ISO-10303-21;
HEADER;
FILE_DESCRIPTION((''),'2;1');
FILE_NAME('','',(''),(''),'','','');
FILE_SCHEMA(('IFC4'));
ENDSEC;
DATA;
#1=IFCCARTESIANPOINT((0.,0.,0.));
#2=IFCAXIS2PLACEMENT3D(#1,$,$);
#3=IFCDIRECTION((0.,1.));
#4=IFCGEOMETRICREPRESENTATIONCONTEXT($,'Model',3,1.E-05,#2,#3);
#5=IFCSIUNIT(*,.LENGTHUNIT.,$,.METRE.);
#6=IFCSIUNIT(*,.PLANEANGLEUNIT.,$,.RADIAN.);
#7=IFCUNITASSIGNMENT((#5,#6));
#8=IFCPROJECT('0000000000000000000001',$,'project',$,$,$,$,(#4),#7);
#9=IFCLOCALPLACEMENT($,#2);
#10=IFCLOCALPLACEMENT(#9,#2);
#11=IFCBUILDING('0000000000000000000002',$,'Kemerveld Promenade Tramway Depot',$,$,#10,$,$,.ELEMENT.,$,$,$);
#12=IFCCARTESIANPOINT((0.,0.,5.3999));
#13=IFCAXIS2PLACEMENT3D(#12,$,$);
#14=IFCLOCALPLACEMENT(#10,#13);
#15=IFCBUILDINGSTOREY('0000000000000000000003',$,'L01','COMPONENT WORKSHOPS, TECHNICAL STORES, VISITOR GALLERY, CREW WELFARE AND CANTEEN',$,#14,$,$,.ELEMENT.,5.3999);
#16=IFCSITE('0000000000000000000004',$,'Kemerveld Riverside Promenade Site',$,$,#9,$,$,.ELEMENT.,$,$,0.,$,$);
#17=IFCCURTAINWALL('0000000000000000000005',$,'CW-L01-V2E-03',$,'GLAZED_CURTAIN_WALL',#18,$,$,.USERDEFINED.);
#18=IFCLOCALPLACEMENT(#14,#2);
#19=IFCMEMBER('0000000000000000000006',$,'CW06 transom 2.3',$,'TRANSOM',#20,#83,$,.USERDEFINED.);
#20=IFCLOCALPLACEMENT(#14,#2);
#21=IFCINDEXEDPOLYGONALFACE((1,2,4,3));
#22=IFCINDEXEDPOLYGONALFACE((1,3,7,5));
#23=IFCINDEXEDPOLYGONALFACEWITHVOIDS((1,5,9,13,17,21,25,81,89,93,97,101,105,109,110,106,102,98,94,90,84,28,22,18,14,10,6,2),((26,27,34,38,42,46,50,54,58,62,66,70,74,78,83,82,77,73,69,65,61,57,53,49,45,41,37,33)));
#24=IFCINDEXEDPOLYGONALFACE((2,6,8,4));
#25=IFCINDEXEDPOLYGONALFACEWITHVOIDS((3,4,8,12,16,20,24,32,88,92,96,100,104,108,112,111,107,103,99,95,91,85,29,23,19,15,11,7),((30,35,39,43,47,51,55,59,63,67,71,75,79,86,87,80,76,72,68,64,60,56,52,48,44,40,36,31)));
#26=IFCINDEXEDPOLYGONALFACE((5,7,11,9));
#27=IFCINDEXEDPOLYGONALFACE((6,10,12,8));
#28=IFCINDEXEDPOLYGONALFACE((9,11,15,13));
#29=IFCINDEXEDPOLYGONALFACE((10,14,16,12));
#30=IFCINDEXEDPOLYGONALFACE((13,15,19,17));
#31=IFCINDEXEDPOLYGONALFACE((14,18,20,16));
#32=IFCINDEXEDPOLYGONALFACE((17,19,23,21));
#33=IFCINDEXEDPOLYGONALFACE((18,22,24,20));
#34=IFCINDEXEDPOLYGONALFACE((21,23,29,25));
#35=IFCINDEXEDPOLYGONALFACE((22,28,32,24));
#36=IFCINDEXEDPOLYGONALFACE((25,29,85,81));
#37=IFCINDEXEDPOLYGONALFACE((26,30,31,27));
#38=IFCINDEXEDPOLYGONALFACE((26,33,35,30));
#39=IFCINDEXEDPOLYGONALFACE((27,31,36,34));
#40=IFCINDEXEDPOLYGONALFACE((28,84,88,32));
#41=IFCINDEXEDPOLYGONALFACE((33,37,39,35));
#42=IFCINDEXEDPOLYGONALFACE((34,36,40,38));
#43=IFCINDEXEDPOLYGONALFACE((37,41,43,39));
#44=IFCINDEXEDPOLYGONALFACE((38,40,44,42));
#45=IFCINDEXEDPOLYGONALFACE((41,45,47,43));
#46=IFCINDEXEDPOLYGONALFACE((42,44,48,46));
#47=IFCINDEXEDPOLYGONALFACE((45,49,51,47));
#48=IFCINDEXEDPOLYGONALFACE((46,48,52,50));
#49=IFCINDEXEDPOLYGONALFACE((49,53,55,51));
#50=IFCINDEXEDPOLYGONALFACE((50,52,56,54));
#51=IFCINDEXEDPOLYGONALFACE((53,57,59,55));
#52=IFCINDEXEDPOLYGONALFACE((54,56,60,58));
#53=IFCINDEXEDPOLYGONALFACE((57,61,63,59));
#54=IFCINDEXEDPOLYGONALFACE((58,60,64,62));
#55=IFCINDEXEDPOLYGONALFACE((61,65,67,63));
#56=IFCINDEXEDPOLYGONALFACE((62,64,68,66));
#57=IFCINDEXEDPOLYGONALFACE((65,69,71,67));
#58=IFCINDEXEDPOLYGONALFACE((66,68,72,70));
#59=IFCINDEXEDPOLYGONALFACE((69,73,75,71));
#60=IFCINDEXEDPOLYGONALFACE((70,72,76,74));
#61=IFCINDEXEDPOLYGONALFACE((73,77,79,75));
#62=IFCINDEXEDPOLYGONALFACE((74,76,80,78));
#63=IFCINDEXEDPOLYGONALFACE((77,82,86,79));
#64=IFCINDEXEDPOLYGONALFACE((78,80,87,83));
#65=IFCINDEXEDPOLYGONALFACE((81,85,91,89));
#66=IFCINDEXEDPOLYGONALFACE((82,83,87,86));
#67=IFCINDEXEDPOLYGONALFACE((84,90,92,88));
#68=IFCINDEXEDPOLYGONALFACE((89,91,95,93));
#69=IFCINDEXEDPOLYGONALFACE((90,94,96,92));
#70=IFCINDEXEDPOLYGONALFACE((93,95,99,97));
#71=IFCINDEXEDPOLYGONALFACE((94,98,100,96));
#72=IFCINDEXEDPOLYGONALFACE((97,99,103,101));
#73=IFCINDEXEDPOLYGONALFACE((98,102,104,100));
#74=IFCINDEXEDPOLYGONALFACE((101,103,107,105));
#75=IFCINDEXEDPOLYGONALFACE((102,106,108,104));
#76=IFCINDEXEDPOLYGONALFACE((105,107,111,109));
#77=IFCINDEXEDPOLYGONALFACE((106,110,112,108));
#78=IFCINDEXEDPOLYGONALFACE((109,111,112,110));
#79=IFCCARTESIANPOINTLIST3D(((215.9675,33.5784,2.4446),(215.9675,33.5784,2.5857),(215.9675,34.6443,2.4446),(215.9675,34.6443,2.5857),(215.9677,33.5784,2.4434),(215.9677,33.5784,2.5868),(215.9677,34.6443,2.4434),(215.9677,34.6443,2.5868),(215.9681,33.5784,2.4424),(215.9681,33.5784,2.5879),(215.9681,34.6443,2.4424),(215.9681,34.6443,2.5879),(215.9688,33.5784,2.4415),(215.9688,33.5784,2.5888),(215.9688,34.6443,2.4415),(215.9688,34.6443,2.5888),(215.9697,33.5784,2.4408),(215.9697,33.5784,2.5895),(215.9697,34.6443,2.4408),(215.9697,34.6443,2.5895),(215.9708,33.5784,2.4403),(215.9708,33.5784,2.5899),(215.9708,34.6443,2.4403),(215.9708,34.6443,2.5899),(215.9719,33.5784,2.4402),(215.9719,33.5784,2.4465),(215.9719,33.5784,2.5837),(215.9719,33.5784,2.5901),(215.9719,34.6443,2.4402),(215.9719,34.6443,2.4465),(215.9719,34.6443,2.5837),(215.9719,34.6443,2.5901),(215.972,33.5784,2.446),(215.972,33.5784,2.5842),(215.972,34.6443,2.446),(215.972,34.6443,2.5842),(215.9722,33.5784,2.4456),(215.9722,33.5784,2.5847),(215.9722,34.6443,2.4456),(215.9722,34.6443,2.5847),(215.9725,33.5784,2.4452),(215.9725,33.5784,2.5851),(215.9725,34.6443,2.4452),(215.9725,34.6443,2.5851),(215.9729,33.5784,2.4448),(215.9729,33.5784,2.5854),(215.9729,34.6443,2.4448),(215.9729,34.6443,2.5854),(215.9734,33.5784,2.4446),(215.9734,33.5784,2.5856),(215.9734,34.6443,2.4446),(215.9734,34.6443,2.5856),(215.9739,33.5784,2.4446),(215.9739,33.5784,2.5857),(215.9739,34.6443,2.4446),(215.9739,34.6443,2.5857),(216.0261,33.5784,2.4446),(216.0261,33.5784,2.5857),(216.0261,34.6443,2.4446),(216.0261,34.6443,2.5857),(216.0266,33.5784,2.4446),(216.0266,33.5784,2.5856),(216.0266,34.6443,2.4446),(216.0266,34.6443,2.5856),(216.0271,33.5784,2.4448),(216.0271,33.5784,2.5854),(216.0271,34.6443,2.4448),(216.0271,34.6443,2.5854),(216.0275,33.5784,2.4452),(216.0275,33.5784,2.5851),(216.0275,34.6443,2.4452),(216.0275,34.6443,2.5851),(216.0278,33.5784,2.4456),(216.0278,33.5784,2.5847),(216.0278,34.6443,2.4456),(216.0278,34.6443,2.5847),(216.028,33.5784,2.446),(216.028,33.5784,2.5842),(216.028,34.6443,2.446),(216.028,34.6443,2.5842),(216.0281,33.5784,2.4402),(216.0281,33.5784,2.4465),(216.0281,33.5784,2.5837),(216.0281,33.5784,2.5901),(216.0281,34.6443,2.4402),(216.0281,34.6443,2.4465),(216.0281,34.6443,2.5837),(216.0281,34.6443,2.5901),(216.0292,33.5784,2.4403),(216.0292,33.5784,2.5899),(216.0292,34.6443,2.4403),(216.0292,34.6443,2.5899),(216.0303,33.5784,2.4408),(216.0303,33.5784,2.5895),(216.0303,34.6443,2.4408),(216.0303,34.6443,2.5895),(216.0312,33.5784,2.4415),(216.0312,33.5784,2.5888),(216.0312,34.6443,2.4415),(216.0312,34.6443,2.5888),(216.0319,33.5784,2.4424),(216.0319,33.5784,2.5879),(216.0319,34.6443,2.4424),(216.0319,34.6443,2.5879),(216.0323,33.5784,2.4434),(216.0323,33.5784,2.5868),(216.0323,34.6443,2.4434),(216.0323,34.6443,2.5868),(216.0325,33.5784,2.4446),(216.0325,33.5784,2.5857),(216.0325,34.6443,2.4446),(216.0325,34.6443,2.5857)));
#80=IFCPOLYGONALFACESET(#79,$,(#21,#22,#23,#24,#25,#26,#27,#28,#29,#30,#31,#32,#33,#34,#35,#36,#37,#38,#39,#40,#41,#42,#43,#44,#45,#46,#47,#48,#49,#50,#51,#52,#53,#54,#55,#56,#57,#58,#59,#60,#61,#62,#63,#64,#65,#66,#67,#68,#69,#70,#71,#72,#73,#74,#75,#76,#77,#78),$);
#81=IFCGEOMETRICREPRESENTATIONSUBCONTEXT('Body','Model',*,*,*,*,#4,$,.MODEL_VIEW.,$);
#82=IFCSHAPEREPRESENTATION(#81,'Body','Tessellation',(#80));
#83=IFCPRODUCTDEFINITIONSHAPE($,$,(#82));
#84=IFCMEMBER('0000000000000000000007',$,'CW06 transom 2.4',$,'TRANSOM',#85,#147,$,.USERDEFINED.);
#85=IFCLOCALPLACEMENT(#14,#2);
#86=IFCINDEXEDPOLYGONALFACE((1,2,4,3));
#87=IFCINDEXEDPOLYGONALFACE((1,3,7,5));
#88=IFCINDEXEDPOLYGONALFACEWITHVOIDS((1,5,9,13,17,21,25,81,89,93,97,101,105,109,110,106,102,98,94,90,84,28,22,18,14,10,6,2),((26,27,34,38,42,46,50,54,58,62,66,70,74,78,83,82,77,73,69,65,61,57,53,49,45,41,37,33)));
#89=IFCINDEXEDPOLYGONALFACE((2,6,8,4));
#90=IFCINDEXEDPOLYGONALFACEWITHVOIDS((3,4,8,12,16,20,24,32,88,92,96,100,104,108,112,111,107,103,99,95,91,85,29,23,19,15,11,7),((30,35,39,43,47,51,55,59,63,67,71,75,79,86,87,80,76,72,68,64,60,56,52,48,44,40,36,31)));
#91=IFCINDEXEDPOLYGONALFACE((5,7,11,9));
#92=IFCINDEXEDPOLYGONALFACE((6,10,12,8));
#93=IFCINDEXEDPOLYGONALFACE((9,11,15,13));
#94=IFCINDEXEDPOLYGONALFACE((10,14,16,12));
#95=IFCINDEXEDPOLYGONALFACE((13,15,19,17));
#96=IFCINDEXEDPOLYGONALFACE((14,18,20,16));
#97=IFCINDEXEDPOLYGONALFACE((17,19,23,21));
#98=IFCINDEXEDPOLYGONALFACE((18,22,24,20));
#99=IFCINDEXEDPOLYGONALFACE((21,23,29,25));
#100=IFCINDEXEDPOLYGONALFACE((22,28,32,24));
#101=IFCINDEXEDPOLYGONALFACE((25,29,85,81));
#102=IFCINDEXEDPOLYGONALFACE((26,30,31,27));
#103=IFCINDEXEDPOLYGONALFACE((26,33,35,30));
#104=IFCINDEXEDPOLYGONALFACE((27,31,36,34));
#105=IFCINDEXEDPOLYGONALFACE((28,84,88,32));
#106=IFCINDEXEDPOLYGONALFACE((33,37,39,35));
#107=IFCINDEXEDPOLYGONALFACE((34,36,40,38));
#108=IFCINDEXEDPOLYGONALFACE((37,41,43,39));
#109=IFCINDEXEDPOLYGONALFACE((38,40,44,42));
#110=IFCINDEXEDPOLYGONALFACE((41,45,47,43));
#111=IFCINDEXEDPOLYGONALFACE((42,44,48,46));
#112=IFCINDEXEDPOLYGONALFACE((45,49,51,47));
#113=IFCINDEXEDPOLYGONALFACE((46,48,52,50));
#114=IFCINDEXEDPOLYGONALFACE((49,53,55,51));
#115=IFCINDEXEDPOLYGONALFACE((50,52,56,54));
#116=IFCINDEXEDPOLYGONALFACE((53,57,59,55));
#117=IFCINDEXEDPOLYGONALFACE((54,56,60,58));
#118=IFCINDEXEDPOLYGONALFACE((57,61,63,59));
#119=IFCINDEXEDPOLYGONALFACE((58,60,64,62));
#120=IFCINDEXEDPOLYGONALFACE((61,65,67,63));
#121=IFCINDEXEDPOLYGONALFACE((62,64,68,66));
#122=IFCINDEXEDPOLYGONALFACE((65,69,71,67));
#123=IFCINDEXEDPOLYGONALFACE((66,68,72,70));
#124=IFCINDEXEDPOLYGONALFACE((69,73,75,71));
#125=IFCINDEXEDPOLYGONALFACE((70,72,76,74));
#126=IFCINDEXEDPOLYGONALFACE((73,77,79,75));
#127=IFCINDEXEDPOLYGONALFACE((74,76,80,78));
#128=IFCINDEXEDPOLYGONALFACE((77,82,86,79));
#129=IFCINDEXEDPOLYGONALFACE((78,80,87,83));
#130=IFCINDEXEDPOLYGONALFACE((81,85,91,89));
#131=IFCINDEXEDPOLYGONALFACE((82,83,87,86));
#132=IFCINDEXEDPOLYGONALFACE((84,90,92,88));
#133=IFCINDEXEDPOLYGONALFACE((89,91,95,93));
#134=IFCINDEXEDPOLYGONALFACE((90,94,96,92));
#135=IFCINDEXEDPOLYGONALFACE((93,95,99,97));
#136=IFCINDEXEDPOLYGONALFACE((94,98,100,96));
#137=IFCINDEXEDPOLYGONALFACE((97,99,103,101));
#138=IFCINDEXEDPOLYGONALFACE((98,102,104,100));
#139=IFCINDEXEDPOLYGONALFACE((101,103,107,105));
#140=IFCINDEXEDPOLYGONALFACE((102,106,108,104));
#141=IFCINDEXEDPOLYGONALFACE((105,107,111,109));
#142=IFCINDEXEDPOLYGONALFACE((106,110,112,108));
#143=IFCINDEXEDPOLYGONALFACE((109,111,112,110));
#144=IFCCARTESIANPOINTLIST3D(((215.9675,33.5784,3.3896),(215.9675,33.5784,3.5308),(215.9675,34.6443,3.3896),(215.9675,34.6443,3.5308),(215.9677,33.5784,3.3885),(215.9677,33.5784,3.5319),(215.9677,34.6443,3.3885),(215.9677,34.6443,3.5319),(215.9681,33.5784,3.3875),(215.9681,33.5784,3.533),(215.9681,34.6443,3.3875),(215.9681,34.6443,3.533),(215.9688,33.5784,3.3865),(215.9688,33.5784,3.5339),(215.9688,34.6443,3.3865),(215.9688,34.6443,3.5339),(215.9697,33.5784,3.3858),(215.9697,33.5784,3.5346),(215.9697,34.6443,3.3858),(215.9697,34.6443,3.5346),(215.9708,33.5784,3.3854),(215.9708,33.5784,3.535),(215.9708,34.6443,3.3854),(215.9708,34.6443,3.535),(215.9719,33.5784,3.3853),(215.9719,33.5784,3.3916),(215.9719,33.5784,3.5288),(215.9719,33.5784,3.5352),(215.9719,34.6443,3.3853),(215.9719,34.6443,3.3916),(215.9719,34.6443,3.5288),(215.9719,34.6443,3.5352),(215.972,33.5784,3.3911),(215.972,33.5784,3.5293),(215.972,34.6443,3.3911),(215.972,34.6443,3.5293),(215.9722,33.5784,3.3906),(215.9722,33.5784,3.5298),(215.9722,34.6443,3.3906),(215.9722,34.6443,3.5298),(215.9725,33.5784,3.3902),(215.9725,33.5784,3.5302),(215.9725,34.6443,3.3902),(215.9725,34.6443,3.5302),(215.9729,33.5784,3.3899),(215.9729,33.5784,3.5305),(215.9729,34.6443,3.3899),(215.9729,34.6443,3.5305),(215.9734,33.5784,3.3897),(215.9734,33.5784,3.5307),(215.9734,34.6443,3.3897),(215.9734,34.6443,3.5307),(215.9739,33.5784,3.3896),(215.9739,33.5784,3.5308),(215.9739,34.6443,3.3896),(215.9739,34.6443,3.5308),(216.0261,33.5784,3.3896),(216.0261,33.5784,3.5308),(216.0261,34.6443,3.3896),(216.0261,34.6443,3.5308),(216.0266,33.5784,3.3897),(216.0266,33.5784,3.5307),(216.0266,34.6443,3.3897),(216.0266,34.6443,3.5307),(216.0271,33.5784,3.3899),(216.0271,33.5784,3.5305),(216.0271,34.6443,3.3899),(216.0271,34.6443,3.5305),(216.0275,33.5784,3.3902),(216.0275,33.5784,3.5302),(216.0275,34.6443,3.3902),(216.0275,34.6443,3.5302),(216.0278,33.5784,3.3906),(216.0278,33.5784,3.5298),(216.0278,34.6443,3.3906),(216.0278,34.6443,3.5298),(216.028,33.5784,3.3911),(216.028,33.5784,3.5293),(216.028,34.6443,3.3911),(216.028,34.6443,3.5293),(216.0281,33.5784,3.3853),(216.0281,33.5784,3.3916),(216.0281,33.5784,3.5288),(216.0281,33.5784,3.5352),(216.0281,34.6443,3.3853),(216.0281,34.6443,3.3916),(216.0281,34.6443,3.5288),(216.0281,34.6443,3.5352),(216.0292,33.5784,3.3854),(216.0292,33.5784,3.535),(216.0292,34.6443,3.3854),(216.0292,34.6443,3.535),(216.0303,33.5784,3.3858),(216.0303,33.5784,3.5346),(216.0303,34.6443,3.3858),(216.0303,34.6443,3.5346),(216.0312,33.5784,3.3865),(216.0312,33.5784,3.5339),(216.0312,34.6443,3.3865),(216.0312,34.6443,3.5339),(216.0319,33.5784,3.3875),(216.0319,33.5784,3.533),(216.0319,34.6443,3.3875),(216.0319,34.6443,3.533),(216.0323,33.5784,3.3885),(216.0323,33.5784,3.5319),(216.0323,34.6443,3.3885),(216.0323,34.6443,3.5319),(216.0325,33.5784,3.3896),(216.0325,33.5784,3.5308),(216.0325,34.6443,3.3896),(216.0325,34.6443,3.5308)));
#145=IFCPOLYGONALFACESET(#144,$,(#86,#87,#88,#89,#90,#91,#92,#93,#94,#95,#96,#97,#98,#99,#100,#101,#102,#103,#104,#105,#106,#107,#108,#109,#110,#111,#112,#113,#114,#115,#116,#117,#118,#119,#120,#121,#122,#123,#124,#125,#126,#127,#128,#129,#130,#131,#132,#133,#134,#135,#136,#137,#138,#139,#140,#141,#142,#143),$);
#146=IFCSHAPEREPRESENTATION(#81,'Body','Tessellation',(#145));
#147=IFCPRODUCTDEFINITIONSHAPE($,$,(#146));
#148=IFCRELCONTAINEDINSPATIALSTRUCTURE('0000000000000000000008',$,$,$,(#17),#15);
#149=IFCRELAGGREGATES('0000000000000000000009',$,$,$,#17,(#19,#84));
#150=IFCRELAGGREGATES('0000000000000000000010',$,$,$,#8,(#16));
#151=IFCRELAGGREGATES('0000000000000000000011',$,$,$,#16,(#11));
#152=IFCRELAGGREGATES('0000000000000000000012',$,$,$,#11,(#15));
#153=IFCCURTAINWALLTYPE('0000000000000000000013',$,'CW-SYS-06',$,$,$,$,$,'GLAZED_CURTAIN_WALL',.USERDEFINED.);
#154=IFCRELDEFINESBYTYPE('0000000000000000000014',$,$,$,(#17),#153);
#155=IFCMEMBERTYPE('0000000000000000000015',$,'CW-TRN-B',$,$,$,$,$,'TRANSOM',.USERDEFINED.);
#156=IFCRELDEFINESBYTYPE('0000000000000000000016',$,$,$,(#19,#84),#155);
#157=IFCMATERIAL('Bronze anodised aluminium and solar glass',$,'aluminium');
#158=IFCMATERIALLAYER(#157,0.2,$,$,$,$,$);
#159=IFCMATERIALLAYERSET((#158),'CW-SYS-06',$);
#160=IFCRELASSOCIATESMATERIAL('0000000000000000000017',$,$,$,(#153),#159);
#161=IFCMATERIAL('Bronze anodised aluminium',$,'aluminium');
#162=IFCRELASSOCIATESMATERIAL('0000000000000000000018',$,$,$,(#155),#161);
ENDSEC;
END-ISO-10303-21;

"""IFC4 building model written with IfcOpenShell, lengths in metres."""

from ifc_helpers import new_model, si_unit, direction, frame, origin, origin_2d, place, context, subcontext, project, spatial, hollow_rectangle, extrude, material, layer, layer_set, material_profile, profile_set, type_object, element, aggregate, save


model = new_model("IFC4")

# Units and contexts
model_context = context("Model", 3, precision=1e-05, world=origin(), true_north=direction((0.0, 1.0)))
body_context = subcontext(model_context, "Body", "Model", "MODEL_VIEW")
ifc_project = project(units=[si_unit("LENGTHUNIT", "METRE"), si_unit("PLANEANGLEUNIT", "RADIAN")], contexts=[model_context])

# Site, building, storey
site_placement = place(None, origin())
site = spatial("IfcSite", under=ifc_project, at=site_placement, Name="Kemerveld Riverside Promenade Site", CompositionType="ELEMENT", RefElevation=0.0)
building_placement = place(site_placement, origin())
building = spatial("IfcBuilding", under=site, at=building_placement, Name="Kemerveld Promenade Tramway Depot", CompositionType="ELEMENT")
storey_placement = place(building_placement, frame((0.0, 0.0, 5.3999)))
storey = spatial("IfcBuildingStorey", under=building, at=storey_placement, Name="L01", Description="COMPONENT WORKSHOPS, TECHNICAL STORES, VISITOR GALLERY, CREW WELFARE AND CANTEEN", CompositionType="ELEMENT", Elevation=5.3999)

# Curtain wall, members
ifc_material_1 = material(Name="Bronze anodised aluminium and solar glass", Category="aluminium")
ifc_layer_1 = layer(ifc_material_1, 0.2)
ifc_layer_set_1 = layer_set([ifc_layer_1], Name="CW-SYS-06")
curtain_wall_type = type_object("IfcCurtainWallType", Name="CW-SYS-06", ElementType="GLAZED_CURTAIN_WALL", PredefinedType="USERDEFINED", material=ifc_layer_set_1)
curtain_wall_placement = place(storey_placement, origin())
curtain_wall = element("IfcCurtainWall", 1, at=curtain_wall_placement, inside=storey, type_object=curtain_wall_type, Name="CW-L01-V2E-03", ObjectType="GLAZED_CURTAIN_WALL", PredefinedType="USERDEFINED")
ifc_material_2 = material(Name="Bronze anodised aluminium", Category="aluminium")
ifc_material_profile_1 = material_profile(ifc_material_2, hollow_rectangle(XDim=0.0649, YDim=0.1499, WallThickness=0.0044, InnerFilletRadius=0.002, OuterFilletRadius=0.0044, at=origin_2d()), Name="CW-TRN-150x65")
ifc_profile_set_1 = profile_set([ifc_material_profile_1], Name="Bronze anodised aluminium")
member_type_1 = type_object("IfcMemberType", Name="CW-TRN-B", ElementType="TRANSOM", PredefinedType="USERDEFINED", material=ifc_profile_set_1)
member_1_placement = place(storey_placement, frame((216.0, 34.6443, 2.5151), z_axis=(0.0, -1.0, 0.0), x_axis=(1.0, 0.0, 0.0)))
member_1 = element("IfcMember", 2, at=member_1_placement, type_object=member_type_1, Name="CW06 transom 2.3", ObjectType="TRANSOM", PredefinedType="USERDEFINED", context=body_context, shape_type="SweptSolid", body=[
    extrude(hollow_rectangle(XDim=0.0649, YDim=0.1499, WallThickness=0.0044, InnerFilletRadius=0.002, OuterFilletRadius=0.0044, at=origin_2d()), origin(), (0.0, 0.0, 1.0), 1.0659),
])
member_2_placement = place(storey_placement, frame((216.0, 34.6443, 3.4602), z_axis=(0.0, -1.0, 0.0), x_axis=(1.0, 0.0, 0.0)))
member_2 = element("IfcMember", 3, at=member_2_placement, type_object=member_type_1, Name="CW06 transom 2.4", ObjectType="TRANSOM", PredefinedType="USERDEFINED", context=body_context, shape_type="SweptSolid", body=[
    extrude(hollow_rectangle(XDim=0.0649, YDim=0.1499, WallThickness=0.0044, InnerFilletRadius=0.002, OuterFilletRadius=0.0044, at=origin_2d()), origin(), (0.0, 0.0, 1.0), 1.0659),
])
aggregate(curtain_wall, [member_1, member_2])

save(model, "model.ifc")
